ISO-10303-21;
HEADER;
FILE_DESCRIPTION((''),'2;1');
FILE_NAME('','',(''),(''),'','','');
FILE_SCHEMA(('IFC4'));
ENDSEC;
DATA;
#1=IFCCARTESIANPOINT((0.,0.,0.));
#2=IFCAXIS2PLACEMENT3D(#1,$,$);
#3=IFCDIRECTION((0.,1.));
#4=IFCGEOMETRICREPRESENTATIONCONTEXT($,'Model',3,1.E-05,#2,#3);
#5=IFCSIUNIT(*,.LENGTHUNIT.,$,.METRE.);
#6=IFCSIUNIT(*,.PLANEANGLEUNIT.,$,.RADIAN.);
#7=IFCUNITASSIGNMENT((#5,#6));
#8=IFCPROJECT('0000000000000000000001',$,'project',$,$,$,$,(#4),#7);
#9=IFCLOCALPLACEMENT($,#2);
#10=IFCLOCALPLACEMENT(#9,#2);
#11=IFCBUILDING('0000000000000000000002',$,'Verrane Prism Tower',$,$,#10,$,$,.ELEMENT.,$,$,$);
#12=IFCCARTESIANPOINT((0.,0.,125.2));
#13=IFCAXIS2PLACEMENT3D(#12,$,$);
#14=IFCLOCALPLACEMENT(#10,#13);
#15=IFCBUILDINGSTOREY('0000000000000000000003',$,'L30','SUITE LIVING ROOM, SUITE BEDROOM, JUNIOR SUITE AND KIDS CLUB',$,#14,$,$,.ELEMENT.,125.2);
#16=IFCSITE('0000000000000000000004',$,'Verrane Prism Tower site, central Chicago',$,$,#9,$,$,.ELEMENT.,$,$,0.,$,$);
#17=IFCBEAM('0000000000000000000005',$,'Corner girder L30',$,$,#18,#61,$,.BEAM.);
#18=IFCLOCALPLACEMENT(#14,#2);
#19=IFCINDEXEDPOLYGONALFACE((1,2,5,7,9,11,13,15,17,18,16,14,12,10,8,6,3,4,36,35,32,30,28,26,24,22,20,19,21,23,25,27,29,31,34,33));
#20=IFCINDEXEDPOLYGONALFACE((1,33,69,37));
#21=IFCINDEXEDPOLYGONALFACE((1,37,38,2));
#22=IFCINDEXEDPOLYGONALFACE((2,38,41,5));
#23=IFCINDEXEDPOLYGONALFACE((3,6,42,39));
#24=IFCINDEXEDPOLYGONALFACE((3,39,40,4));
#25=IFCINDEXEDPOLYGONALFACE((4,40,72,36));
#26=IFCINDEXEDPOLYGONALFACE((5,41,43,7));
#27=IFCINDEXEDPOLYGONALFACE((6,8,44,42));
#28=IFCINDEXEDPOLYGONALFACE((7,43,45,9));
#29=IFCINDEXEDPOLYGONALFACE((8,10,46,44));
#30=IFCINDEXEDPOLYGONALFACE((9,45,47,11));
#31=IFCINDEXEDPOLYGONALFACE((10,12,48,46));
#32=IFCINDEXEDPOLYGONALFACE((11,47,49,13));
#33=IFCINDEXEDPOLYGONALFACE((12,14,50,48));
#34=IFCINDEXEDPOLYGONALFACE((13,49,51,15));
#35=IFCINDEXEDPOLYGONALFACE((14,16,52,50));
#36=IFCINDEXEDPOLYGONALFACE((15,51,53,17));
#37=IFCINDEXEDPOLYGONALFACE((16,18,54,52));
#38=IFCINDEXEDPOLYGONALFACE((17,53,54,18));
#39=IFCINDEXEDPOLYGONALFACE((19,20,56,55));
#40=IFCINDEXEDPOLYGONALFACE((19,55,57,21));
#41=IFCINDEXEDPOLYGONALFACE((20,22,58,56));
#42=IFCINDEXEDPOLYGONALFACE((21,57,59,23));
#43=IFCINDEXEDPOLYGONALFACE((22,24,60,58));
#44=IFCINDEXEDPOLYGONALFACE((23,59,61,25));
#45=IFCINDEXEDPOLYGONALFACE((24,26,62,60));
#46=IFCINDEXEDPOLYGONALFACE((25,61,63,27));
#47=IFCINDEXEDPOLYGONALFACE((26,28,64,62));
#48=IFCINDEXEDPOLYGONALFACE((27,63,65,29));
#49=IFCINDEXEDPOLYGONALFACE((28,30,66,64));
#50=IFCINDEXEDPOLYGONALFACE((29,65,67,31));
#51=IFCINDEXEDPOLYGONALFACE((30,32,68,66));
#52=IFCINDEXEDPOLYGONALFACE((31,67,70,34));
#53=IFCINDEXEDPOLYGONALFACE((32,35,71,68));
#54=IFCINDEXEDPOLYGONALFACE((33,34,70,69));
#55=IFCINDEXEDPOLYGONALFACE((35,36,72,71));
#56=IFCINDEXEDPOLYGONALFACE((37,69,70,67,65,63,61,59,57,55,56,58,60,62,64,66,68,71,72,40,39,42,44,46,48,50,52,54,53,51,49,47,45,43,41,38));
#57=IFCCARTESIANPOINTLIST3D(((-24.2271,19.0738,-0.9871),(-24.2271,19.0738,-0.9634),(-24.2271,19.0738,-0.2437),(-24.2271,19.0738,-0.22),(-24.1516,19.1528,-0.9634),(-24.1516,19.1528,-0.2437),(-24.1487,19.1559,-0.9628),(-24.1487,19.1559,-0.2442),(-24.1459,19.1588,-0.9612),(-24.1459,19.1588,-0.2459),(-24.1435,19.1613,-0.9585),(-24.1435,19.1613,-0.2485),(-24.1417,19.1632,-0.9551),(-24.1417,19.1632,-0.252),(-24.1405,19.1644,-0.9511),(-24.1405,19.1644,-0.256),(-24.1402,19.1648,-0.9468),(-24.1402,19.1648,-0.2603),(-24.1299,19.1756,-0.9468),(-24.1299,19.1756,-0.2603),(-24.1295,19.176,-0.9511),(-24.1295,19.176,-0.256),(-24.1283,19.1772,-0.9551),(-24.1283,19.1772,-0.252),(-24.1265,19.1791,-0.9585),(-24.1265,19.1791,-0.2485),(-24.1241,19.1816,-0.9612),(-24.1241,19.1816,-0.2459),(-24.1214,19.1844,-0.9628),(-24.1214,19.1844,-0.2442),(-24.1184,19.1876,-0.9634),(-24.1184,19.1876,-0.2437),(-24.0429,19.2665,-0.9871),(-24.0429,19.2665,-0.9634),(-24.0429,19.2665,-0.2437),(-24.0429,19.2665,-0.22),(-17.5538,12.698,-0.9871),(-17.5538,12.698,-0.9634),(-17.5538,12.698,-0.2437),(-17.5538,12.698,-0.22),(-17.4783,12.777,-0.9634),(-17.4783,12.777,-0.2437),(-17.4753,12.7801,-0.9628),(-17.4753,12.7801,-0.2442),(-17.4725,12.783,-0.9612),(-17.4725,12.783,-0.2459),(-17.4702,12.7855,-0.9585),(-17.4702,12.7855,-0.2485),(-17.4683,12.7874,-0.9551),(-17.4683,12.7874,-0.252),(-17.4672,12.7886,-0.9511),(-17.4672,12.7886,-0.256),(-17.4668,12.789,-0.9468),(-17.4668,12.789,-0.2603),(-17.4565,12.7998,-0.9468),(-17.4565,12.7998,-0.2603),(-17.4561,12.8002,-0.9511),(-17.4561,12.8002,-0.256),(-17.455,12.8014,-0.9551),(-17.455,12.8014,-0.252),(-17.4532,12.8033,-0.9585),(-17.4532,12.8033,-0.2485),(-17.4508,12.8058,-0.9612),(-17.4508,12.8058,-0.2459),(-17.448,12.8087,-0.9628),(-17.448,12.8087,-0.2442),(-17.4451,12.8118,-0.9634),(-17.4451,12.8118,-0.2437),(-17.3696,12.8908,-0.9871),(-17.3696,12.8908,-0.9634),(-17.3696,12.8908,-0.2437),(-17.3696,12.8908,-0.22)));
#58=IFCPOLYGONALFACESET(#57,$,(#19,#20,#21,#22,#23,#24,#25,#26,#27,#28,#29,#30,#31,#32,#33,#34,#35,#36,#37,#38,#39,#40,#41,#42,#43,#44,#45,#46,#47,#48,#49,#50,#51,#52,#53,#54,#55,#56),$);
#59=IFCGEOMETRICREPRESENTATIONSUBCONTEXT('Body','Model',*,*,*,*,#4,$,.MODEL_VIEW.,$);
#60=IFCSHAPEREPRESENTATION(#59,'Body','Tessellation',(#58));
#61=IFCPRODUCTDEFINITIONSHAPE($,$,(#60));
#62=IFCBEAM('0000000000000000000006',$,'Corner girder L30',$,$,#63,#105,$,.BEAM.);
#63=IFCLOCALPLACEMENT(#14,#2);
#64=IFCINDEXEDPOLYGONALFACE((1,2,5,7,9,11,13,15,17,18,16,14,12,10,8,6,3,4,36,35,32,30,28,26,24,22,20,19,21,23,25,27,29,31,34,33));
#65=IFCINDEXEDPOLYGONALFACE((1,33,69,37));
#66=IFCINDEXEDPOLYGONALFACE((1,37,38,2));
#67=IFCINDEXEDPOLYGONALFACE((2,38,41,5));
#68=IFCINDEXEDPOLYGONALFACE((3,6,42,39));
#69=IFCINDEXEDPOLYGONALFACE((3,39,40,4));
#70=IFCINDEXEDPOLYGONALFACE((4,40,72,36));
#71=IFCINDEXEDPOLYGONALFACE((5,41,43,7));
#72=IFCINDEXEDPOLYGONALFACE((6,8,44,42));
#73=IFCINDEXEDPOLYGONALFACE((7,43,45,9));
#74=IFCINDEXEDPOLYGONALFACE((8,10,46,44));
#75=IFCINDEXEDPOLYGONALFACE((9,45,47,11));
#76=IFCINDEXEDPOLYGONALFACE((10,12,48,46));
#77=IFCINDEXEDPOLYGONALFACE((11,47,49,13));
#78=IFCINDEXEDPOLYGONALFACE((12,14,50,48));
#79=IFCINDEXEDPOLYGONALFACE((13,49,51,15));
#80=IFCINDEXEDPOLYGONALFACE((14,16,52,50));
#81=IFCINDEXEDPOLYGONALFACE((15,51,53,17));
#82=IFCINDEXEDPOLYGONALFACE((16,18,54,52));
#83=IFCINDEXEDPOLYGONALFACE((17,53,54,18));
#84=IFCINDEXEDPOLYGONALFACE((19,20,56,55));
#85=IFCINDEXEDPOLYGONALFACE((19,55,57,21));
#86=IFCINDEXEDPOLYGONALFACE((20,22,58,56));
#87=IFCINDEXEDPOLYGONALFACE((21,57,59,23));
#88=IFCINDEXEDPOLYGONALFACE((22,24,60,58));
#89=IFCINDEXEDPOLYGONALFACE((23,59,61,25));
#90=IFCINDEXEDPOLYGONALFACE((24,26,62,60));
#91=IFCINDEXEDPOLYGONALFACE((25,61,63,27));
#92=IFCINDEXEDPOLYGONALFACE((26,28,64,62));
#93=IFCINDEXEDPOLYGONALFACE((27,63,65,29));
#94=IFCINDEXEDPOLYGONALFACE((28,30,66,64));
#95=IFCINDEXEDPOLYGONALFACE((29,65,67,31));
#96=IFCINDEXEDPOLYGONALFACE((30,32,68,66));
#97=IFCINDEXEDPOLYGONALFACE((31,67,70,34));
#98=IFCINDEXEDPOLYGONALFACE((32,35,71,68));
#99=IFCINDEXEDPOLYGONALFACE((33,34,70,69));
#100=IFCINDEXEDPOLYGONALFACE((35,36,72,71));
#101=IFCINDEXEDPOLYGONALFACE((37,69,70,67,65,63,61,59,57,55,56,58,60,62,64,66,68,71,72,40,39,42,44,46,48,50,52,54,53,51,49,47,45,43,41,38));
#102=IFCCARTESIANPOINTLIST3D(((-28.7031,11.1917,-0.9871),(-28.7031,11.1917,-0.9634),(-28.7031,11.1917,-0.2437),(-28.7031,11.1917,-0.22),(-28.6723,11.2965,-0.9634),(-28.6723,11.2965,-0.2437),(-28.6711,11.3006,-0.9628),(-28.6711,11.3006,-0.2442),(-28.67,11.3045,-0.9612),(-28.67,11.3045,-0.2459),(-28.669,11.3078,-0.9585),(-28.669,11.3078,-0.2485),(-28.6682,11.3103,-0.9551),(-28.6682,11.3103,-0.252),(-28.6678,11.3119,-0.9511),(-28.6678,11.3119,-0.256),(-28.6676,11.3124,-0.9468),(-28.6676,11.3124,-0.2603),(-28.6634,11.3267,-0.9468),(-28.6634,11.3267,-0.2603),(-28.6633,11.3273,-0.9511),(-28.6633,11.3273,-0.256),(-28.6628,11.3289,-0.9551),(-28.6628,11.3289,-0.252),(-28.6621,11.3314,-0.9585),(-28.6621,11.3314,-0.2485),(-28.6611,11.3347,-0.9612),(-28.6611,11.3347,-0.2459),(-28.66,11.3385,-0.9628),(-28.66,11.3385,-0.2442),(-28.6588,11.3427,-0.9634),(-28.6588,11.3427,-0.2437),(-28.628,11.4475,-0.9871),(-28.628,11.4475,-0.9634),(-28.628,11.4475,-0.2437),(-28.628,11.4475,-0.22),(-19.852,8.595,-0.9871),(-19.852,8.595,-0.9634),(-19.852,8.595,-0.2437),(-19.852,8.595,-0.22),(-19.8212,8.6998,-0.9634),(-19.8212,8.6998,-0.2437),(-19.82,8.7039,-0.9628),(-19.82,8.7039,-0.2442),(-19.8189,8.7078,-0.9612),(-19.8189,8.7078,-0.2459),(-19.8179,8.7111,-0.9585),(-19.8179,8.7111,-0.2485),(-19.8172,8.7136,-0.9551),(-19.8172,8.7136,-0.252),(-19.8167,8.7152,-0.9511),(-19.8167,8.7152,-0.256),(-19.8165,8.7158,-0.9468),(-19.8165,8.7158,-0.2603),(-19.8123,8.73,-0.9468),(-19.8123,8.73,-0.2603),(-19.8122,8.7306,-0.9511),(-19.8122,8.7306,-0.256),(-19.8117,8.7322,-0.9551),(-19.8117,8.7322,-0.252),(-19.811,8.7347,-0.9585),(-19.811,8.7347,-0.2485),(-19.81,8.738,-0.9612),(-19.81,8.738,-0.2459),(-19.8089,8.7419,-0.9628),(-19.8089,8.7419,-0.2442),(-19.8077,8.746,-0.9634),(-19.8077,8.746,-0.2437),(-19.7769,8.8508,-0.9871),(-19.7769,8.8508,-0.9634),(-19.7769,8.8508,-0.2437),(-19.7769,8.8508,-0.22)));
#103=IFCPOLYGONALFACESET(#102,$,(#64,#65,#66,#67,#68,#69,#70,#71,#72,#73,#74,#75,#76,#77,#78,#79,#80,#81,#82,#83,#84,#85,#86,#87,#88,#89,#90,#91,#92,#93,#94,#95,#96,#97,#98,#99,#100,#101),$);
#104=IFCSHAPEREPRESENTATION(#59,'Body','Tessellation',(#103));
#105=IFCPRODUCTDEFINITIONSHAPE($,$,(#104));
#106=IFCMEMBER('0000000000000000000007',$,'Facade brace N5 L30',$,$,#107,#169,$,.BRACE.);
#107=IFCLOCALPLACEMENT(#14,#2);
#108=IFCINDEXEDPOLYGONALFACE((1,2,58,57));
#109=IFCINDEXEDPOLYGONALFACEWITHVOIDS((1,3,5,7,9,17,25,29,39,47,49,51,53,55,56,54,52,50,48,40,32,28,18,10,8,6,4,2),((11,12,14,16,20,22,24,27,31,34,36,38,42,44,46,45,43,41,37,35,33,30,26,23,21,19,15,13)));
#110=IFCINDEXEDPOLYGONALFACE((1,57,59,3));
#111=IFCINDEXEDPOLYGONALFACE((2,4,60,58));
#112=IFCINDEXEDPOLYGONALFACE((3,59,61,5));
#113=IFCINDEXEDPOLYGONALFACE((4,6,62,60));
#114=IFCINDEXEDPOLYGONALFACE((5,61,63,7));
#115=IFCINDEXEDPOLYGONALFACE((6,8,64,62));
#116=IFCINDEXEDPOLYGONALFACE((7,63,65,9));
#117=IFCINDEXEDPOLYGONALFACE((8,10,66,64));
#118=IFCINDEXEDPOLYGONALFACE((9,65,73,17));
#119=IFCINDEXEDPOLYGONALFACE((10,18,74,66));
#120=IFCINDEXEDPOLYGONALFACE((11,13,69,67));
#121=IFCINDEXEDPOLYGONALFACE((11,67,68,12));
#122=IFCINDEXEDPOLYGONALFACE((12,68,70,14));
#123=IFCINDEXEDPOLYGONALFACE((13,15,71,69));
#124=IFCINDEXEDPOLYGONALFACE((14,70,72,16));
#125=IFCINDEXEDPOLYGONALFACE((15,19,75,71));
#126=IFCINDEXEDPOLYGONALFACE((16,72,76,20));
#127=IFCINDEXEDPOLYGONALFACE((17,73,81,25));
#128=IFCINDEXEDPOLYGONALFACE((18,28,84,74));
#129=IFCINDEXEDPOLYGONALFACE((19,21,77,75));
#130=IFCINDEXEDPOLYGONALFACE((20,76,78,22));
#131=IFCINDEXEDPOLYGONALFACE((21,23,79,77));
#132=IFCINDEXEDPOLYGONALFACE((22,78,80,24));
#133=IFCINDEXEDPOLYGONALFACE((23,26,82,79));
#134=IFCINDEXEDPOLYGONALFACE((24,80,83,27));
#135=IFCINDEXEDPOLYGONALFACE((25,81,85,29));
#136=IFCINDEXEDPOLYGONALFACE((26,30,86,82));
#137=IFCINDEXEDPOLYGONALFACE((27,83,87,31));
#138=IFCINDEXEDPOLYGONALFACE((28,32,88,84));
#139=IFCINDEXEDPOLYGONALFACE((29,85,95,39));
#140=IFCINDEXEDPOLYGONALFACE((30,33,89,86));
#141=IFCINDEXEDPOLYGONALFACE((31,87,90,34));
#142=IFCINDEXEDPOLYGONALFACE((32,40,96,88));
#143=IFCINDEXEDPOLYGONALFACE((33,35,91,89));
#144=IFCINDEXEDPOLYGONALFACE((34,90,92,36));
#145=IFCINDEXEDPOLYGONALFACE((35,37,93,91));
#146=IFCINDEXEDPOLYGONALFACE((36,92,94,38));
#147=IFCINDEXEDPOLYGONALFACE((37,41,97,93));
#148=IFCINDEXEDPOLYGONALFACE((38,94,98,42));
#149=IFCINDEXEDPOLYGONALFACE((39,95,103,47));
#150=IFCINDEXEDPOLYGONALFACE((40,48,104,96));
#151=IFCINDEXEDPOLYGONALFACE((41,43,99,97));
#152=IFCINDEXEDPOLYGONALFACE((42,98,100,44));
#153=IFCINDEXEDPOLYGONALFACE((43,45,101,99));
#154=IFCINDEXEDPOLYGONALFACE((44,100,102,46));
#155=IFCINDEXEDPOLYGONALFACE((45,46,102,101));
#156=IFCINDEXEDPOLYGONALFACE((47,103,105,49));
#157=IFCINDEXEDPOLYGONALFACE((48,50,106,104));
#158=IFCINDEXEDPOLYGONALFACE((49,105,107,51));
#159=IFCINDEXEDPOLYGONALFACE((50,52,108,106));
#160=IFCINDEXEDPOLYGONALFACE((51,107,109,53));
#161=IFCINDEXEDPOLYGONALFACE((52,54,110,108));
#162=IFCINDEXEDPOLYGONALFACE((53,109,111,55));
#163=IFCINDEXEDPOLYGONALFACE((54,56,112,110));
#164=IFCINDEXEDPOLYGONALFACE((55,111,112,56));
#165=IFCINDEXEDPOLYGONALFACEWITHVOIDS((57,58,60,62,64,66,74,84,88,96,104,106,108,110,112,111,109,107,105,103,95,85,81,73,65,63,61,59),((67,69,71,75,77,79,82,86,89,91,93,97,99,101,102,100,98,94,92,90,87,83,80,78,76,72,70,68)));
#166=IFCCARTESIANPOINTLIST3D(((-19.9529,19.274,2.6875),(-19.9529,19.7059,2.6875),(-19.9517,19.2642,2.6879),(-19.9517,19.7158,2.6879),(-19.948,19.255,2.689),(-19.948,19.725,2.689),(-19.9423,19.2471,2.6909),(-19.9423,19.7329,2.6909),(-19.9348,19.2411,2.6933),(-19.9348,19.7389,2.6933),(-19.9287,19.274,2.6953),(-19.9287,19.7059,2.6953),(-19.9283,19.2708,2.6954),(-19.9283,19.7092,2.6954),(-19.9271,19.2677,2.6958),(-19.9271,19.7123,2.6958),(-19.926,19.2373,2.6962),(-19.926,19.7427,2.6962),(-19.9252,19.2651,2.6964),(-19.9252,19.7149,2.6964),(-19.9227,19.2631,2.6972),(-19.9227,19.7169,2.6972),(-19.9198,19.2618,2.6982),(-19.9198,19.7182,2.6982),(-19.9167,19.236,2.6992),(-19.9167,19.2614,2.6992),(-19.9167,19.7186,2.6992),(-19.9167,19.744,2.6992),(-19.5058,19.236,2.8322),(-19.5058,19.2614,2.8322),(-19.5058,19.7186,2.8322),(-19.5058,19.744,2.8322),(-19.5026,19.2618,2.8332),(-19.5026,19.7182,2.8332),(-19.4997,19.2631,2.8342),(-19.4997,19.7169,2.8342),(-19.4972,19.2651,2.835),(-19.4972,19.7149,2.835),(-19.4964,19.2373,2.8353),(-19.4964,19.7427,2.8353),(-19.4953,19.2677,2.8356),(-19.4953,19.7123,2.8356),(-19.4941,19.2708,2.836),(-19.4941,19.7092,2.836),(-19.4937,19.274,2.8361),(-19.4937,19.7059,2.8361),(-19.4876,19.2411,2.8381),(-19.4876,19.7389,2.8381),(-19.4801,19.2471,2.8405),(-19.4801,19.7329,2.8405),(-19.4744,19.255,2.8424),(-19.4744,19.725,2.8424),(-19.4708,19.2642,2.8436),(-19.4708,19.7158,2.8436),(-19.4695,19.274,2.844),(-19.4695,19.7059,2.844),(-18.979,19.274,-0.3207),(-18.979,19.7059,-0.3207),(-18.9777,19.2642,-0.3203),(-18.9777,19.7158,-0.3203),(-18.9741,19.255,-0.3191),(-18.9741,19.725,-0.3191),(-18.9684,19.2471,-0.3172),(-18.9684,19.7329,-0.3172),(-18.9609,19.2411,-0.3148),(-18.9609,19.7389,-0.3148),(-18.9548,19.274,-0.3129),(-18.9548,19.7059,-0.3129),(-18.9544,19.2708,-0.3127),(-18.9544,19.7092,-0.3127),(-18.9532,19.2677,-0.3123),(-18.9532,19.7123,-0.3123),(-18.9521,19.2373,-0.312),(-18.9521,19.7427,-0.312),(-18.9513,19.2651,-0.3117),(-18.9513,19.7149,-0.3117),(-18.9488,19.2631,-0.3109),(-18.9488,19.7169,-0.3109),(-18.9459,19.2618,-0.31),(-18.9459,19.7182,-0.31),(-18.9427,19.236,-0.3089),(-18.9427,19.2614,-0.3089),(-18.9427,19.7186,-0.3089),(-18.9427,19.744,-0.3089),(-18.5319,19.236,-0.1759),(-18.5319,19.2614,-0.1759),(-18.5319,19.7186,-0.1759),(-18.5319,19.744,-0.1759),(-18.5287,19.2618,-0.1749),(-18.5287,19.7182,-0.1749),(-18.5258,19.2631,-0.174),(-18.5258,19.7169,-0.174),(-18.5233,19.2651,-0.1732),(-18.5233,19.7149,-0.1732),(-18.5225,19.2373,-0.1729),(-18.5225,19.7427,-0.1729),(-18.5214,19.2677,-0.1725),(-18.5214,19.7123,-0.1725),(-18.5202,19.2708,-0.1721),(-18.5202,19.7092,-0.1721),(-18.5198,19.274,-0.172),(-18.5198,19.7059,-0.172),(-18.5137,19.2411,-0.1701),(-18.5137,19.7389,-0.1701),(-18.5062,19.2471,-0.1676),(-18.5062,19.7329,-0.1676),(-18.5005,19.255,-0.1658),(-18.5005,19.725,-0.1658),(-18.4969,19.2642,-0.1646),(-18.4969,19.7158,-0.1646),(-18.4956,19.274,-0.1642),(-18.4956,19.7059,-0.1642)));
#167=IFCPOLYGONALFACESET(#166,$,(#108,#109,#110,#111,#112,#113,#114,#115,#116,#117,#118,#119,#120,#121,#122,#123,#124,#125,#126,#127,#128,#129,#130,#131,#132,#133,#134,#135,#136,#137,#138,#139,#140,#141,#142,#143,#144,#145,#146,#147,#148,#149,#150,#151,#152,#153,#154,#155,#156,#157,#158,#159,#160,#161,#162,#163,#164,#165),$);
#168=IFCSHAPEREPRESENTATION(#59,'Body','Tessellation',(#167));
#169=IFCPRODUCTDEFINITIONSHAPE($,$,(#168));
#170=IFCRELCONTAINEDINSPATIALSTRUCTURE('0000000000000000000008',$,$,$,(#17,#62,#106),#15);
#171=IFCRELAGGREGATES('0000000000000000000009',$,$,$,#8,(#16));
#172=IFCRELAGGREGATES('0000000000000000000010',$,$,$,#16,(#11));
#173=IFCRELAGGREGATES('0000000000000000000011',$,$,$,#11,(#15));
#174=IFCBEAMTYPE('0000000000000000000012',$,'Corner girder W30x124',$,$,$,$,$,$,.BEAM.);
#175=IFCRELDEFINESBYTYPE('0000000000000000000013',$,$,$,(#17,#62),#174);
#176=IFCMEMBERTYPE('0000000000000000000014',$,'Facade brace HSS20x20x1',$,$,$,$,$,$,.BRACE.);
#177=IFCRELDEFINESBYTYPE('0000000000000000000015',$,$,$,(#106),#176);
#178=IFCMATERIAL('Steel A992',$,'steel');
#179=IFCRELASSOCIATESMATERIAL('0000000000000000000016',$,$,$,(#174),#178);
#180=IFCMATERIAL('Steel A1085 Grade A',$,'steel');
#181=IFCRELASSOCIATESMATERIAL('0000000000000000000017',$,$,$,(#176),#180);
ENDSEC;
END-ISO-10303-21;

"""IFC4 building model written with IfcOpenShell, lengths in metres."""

from ifc_helpers import new_model, si_unit, direction, frame, origin, origin_2d, place, context, subcontext, project, spatial, hollow_rectangle, i_section, extrude, material, material_profile, profile_set, type_object, element, save


model = new_model("IFC4")

# Units and contexts
model_context = context("Model", 3, precision=1e-05, world=origin(), true_north=direction((0.0, 1.0)))
body_context = subcontext(model_context, "Body", "Model", "MODEL_VIEW")
ifc_project = project(units=[si_unit("LENGTHUNIT", "METRE"), si_unit("PLANEANGLEUNIT", "RADIAN")], contexts=[model_context])

# Site, building, storey
site_placement = place(None, origin())
site = spatial("IfcSite", under=ifc_project, at=site_placement, Name="Verrane Prism Tower site, central Chicago", CompositionType="ELEMENT", RefElevation=0.0)
building_placement = place(site_placement, origin())
building = spatial("IfcBuilding", under=site, at=building_placement, Name="Verrane Prism Tower", CompositionType="ELEMENT")
storey_placement = place(building_placement, frame((0.0, 0.0, 125.2)))
storey = spatial("IfcBuildingStorey", under=building, at=storey_placement, Name="L30", Description="SUITE LIVING ROOM, SUITE BEDROOM, JUNIOR SUITE AND KIDS CLUB", CompositionType="ELEMENT", Elevation=125.2)

# Beams
ifc_material_1 = material(Name="Steel A992", Category="steel")
ifc_material_profile_1 = material_profile(ifc_material_1, i_section(OverallWidth=0.2666, OverallDepth=0.7671, WebThickness=0.0149, FlangeThickness=0.0237, FilletRadius=0.0166, at=origin_2d()), Name="W30x124")
ifc_profile_set_1 = profile_set([ifc_material_profile_1], Name="Steel A992")
beam_type_1 = type_object("IfcBeamType", Name="Corner girder W30x124", PredefinedType="BEAM", material=ifc_profile_set_1)
beam_1_placement = place(storey_placement, frame((-24.135, 19.1702, -0.6035), z_axis=(0.723046, -0.6908, 0.0), x_axis=(0.6908, 0.723046, 0.0)))
element("IfcBeam", 1, at=beam_1_placement, inside=storey, type_object=beam_type_1, Name="Corner girder L30", PredefinedType="BEAM", context=body_context, shape_type="SweptSolid", body=[
    extrude(i_section(OverallWidth=0.2666, OverallDepth=0.7671, WebThickness=0.0149, FlangeThickness=0.0237, FilletRadius=0.0166, at=origin_2d()), origin(), (0.0, 0.0, 1.0), 9.2295),
])
beam_2_placement = place(storey_placement, frame((-28.6655, 11.3196, -0.6035), z_axis=(0.959558, -0.28151, 0.0), x_axis=(0.28151, 0.959558, 0.0)))
element("IfcBeam", 2, at=beam_2_placement, inside=storey, type_object=beam_type_1, Name="Corner girder L30", PredefinedType="BEAM", context=body_context, shape_type="SweptSolid", body=[
    extrude(i_section(OverallWidth=0.2666, OverallDepth=0.7671, WebThickness=0.0149, FlangeThickness=0.0237, FilletRadius=0.0166, at=origin_2d()), origin(), (0.0, 0.0, 1.0), 9.2241),
])

# Member
ifc_material_2 = material(Name="Steel A1085 Grade A", Category="steel")
ifc_material_profile_2 = material_profile(ifc_material_2, hollow_rectangle(XDim=0.5081, YDim=0.5081, WallThickness=0.0254, InnerFilletRadius=0.0127, OuterFilletRadius=0.0381, at=origin_2d()), Name="HSS20x20x1")
ifc_profile_set_2 = profile_set([ifc_material_profile_2], Name="Steel A1085 Grade A")
member_type_1 = type_object("IfcMemberType", Name="Facade brace HSS20x20x1", PredefinedType="BRACE", material=ifc_profile_set_2)
member_1_placement = place(storey_placement, frame((-18.7373, 19.49, -0.2424), z_axis=(-0.308016, 0.0, 0.951381), x_axis=(0.0, -1.0, 0.0)))
element("IfcMember", 3, at=member_1_placement, inside=storey, type_object=member_type_1, Name="Facade brace N5 L30", PredefinedType="BRACE", context=body_context, shape_type="SweptSolid", body=[
    extrude(hollow_rectangle(XDim=0.5081, YDim=0.5081, WallThickness=0.0254, InnerFilletRadius=0.0127, OuterFilletRadius=0.0381, at=origin_2d()), origin(), (0.0, 0.0, 1.0), 3.1619),
])

save(model, "model.ifc")
